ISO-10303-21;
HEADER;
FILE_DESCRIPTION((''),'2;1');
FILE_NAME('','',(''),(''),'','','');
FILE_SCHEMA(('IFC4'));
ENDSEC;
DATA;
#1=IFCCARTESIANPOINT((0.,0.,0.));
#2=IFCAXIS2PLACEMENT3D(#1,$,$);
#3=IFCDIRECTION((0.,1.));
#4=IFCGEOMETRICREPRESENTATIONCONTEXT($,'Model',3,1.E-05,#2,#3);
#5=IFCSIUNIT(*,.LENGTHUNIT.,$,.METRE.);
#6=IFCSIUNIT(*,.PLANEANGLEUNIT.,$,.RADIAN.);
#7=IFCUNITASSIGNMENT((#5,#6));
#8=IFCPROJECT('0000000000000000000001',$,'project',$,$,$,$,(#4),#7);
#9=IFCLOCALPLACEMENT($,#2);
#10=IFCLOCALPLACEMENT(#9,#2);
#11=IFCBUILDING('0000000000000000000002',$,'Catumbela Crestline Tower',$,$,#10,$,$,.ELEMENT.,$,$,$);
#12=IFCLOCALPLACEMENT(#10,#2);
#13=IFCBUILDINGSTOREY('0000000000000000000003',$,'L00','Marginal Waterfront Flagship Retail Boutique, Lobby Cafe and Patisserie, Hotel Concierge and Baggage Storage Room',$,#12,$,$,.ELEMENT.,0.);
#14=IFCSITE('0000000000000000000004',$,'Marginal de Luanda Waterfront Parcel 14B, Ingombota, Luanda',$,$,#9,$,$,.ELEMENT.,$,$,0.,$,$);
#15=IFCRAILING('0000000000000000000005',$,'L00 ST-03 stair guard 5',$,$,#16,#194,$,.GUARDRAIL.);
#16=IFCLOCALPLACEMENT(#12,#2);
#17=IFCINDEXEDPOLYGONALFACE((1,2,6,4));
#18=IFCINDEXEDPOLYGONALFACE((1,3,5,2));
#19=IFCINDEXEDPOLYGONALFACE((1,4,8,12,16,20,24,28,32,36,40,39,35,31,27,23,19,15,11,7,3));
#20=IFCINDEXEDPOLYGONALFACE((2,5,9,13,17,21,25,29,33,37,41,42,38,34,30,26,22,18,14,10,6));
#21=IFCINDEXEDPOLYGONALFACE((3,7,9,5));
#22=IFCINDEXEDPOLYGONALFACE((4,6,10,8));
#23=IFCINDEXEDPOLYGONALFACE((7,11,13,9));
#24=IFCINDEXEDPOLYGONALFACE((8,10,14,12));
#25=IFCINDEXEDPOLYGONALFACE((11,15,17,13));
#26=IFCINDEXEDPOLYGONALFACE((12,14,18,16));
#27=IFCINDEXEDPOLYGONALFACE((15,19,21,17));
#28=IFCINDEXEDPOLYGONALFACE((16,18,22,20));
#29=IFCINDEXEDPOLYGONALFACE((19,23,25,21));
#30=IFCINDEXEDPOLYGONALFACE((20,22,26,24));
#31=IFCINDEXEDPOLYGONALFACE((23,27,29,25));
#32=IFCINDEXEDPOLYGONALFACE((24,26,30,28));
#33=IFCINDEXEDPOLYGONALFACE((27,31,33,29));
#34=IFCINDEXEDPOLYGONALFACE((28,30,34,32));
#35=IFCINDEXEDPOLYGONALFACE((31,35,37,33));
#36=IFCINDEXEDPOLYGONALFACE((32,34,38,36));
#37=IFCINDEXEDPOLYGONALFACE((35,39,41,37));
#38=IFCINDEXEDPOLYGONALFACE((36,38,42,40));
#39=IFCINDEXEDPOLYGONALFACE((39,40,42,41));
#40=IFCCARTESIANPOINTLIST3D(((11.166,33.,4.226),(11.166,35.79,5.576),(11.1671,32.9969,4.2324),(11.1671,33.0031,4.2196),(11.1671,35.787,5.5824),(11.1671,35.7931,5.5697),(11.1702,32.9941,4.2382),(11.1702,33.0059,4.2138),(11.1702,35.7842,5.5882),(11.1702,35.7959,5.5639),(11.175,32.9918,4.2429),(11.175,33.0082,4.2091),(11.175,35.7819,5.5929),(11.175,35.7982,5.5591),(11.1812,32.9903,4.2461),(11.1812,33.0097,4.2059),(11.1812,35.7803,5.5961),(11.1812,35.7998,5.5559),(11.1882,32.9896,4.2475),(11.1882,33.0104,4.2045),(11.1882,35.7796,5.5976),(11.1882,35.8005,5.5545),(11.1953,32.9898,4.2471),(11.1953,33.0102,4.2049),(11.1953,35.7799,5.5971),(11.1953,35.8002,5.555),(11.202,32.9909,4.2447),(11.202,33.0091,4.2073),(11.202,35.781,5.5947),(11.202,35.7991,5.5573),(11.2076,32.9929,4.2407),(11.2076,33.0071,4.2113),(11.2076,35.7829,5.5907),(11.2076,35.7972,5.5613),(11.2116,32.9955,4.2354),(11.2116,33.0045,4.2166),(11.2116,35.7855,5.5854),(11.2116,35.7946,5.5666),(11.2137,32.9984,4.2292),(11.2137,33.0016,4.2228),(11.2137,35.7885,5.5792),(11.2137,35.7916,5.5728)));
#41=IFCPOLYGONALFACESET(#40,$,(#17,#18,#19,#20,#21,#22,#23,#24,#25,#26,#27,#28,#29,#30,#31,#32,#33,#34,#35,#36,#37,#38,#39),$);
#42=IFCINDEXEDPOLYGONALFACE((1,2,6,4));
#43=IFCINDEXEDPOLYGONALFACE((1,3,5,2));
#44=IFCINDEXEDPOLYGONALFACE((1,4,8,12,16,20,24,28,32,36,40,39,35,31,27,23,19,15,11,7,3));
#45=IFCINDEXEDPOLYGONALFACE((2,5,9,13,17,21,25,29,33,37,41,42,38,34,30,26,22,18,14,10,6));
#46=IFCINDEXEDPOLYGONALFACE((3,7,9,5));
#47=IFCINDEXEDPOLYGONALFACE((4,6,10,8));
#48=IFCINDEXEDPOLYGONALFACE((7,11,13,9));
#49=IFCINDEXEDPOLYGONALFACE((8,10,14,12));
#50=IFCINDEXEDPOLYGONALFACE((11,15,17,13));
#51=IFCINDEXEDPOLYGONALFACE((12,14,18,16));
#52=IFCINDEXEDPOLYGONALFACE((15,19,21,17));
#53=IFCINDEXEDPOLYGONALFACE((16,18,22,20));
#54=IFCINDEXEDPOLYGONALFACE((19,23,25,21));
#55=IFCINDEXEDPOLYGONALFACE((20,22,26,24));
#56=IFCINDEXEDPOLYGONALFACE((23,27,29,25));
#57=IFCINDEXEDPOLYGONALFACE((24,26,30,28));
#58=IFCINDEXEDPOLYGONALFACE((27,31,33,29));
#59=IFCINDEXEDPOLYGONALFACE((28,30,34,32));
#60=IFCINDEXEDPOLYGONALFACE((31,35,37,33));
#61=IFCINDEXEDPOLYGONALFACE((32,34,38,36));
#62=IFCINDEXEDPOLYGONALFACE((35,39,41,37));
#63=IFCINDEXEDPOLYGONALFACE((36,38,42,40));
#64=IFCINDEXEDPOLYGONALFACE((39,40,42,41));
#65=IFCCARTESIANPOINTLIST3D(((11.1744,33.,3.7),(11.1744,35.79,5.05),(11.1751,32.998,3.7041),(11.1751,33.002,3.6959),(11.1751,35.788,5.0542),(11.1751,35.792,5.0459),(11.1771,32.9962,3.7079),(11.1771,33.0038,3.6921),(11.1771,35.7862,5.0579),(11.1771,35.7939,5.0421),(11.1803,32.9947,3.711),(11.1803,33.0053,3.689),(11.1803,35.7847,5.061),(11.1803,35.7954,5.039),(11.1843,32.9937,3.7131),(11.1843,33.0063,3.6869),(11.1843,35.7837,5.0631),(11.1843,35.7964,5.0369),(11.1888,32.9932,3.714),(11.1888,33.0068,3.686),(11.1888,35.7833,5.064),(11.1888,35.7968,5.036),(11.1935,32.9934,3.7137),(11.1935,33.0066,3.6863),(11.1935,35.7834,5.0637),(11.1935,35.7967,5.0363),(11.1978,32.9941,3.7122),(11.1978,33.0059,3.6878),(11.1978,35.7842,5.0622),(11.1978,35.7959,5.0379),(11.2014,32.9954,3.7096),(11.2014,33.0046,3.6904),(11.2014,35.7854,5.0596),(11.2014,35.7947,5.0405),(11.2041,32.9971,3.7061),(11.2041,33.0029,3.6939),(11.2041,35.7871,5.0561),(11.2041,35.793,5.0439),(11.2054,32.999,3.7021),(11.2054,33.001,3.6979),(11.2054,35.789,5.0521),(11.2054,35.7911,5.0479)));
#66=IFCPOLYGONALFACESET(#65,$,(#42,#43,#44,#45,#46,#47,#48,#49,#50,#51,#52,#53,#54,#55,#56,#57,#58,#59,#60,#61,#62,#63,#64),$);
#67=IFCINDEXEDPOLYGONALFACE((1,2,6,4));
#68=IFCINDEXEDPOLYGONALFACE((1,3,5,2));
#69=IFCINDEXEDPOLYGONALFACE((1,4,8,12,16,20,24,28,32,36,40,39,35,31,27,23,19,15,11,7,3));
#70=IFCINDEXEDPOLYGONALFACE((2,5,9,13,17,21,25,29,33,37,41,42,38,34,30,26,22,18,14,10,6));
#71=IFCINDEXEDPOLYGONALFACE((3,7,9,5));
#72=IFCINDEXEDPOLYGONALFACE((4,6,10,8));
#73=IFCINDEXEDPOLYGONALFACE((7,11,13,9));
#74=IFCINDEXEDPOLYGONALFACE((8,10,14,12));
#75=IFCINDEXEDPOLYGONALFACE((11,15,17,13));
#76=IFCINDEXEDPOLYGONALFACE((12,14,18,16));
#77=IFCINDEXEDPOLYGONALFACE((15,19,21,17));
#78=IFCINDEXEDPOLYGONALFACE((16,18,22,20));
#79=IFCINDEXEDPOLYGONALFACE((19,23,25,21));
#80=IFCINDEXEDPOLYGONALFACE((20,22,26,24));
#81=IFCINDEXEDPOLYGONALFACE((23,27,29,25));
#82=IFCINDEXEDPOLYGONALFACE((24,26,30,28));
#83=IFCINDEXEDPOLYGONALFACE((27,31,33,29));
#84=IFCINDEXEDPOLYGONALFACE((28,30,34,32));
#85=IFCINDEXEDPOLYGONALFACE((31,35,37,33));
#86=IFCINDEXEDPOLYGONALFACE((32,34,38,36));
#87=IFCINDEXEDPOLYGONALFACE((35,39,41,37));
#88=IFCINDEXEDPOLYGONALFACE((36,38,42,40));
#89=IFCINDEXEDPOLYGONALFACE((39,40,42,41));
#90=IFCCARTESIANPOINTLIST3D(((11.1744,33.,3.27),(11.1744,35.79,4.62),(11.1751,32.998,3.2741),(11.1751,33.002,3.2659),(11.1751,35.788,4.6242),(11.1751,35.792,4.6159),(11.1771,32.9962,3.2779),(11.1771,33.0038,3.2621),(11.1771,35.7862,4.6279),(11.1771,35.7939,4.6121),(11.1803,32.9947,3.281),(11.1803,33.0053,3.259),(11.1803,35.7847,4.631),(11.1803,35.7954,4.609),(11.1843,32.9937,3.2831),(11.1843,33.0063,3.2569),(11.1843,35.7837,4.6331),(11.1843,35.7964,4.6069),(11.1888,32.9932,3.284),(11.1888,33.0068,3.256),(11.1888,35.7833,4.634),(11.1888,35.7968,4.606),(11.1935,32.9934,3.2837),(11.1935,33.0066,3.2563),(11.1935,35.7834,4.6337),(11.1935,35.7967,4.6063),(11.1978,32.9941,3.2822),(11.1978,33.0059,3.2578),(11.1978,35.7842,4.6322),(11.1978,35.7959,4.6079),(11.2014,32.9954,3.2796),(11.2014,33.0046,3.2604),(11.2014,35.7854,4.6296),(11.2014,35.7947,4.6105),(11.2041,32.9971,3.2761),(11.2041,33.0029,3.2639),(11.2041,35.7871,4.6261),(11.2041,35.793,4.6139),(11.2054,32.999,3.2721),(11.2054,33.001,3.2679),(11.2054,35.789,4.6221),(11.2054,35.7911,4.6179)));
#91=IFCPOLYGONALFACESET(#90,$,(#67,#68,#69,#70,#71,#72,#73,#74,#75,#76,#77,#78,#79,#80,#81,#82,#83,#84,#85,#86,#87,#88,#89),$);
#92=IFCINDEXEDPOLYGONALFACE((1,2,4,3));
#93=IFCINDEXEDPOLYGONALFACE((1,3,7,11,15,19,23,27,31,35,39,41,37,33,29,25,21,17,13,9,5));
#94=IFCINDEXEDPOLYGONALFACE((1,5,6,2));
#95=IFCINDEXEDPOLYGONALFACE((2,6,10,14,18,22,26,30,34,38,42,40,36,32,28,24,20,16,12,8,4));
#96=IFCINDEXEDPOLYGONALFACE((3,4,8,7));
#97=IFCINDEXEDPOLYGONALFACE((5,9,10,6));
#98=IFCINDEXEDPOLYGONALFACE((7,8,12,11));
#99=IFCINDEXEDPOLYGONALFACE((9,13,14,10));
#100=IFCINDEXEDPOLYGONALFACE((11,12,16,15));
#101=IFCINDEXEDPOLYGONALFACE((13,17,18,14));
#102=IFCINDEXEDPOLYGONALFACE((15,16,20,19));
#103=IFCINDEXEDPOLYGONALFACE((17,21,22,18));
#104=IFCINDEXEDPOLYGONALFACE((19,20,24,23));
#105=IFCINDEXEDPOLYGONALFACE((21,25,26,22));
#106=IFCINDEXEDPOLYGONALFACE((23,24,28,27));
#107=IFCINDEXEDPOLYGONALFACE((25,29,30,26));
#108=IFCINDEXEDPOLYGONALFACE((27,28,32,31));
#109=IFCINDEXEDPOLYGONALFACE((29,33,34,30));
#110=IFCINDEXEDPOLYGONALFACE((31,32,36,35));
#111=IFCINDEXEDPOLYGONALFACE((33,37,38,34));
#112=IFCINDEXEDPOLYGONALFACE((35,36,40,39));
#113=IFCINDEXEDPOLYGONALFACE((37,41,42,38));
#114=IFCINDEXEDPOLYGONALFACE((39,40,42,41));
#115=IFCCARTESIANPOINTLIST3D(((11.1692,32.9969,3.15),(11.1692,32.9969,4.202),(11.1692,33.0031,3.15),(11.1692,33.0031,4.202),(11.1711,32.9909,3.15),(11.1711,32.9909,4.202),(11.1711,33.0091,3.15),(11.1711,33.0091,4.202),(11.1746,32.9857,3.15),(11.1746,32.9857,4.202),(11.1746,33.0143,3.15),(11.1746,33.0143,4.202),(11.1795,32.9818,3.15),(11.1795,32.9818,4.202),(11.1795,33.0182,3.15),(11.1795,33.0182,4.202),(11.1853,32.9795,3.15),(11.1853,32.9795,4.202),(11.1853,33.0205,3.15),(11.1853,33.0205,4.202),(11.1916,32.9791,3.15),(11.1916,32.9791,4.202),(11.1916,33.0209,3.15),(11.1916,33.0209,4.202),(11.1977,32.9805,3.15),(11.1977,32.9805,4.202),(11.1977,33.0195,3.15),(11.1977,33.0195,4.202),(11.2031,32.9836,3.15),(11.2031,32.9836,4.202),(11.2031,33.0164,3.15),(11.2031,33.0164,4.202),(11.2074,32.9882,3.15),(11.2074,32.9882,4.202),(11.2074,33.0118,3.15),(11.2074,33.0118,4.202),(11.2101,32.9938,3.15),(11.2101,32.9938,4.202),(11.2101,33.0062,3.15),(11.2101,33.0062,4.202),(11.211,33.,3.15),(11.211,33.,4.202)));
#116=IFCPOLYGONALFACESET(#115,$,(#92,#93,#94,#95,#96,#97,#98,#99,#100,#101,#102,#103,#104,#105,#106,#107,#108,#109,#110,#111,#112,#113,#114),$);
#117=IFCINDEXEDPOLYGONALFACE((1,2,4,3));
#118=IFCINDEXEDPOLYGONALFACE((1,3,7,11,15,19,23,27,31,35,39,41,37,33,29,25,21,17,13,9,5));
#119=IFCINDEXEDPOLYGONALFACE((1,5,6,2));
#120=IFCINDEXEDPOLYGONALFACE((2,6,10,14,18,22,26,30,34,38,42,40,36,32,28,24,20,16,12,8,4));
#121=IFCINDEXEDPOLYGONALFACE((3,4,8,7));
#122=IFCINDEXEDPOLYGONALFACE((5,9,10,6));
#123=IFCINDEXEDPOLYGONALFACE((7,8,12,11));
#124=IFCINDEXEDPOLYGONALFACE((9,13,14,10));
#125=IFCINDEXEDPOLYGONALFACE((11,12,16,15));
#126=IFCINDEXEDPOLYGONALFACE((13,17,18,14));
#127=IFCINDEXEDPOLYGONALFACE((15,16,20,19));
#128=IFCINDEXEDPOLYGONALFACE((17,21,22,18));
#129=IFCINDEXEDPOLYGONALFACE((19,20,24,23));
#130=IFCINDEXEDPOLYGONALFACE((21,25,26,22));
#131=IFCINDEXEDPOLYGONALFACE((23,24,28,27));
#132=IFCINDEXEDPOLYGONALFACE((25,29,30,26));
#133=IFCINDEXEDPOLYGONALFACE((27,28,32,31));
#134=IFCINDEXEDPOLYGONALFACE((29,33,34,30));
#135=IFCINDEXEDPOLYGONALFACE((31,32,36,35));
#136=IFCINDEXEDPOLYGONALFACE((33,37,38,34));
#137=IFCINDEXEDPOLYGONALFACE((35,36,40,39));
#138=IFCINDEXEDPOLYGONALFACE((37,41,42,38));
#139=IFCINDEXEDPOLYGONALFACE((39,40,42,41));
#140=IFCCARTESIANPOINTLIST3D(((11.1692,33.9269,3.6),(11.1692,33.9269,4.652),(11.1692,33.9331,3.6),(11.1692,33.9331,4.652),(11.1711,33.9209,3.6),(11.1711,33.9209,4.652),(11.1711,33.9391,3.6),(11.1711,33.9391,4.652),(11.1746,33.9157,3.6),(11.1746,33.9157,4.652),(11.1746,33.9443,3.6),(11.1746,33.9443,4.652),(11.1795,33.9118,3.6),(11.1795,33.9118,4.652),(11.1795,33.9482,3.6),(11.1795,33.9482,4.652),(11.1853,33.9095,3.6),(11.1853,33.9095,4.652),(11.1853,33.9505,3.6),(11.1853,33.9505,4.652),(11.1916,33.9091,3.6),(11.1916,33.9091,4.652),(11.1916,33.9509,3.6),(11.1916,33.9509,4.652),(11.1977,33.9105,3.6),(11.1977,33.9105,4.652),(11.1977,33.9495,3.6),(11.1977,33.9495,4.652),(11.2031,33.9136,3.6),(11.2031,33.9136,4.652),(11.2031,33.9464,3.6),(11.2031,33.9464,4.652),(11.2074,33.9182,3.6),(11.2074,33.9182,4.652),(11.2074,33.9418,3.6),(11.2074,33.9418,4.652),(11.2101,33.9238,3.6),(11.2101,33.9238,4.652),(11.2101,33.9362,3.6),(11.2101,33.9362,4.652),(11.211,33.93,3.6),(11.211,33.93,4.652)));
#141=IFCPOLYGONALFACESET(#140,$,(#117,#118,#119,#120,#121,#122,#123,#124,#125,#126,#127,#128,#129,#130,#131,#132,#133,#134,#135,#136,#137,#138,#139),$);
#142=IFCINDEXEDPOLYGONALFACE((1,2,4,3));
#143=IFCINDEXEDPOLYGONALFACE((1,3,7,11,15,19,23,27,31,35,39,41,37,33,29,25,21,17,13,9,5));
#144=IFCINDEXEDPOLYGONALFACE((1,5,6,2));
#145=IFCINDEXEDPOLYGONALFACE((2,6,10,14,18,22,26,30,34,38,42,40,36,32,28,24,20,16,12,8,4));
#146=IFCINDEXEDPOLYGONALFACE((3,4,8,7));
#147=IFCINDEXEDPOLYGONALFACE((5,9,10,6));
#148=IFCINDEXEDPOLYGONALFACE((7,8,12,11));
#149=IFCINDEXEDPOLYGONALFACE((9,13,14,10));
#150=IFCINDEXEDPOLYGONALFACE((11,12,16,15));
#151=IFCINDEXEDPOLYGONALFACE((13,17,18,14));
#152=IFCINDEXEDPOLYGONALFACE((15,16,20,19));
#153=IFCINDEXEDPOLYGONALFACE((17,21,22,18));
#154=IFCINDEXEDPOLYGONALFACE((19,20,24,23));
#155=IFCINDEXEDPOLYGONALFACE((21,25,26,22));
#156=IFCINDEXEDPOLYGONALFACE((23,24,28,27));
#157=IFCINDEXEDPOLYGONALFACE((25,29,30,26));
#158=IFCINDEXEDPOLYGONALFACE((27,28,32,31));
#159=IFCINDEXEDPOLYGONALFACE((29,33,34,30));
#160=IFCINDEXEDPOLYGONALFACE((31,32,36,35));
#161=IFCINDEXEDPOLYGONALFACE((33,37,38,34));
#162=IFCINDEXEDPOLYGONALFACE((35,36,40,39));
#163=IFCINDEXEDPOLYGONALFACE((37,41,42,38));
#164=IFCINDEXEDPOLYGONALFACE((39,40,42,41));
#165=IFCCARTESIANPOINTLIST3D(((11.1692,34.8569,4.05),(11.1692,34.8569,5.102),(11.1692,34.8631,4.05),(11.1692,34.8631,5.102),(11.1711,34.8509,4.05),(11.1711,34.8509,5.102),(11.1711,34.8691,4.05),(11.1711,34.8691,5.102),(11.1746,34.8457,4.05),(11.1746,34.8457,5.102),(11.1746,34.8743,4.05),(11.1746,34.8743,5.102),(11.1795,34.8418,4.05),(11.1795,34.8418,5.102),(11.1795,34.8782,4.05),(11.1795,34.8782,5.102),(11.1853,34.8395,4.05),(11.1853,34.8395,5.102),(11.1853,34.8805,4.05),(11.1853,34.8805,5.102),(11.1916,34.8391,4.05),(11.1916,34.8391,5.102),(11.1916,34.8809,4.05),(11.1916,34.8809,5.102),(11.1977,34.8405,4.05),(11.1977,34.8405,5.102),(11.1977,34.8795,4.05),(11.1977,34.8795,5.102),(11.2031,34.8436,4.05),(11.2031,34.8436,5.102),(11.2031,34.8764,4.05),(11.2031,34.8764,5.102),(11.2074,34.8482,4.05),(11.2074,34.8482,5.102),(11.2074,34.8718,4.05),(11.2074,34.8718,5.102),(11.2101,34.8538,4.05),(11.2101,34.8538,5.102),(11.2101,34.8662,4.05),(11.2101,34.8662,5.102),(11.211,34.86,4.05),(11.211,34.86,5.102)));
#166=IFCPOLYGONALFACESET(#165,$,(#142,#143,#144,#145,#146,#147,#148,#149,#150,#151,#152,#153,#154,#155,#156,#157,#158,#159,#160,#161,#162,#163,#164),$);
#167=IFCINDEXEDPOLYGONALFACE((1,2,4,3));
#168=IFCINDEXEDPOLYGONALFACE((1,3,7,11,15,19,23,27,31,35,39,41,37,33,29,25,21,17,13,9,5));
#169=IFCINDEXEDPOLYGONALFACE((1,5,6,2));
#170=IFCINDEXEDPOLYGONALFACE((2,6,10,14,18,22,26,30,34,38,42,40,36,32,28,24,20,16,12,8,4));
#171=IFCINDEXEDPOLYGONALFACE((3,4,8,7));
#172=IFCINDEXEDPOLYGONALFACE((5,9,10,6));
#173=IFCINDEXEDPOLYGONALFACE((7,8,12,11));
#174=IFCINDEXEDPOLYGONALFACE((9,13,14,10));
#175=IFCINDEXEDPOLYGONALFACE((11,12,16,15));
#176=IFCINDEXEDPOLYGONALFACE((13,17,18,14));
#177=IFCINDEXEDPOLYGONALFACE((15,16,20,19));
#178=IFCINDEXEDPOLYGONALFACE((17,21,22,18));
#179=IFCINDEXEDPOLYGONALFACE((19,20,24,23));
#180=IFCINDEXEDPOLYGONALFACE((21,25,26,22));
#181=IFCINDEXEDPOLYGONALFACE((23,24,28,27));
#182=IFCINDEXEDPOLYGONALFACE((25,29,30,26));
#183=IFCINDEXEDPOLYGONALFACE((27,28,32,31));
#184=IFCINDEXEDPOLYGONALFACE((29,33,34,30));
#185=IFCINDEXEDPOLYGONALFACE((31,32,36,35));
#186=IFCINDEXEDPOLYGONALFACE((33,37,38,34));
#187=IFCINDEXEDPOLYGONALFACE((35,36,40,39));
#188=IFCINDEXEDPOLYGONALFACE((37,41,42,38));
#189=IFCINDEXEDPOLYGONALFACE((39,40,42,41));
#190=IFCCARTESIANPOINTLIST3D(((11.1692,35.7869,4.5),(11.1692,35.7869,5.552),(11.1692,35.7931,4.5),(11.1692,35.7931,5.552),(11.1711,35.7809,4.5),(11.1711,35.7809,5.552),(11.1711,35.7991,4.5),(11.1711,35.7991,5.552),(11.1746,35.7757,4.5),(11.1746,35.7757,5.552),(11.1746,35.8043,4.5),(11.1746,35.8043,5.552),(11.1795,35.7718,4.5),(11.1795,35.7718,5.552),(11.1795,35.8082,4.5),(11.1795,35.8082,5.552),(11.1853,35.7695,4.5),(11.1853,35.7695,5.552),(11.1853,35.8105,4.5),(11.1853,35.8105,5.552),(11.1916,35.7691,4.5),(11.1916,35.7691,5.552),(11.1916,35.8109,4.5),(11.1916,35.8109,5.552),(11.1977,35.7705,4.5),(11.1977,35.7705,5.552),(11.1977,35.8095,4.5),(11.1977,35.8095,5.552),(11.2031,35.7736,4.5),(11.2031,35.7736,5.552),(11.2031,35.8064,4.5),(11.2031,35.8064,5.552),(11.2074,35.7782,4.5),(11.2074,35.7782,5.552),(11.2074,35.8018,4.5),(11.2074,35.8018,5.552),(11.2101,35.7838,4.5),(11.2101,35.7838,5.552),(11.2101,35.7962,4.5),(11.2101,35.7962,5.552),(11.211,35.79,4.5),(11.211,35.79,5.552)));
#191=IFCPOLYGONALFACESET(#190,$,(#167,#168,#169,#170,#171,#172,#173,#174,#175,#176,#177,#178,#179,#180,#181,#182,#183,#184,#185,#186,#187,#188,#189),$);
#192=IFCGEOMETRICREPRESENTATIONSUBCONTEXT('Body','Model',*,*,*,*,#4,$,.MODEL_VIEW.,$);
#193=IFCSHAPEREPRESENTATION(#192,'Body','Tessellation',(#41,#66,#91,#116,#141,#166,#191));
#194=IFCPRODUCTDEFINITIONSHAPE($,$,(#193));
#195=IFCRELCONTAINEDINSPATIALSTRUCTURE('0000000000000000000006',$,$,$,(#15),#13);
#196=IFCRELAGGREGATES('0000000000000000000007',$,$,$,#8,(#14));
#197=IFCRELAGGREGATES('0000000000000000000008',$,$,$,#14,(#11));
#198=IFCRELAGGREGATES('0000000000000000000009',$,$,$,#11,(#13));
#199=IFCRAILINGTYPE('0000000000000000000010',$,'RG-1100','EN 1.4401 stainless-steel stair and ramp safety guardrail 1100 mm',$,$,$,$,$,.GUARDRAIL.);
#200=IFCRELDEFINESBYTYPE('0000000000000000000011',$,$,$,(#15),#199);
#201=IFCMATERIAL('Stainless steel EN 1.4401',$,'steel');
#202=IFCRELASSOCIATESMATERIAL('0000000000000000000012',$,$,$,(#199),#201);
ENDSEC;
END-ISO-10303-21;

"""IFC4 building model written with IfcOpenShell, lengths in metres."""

from ifc_helpers import new_model, si_unit, direction, frame, origin, origin_2d, place, context, subcontext, project, spatial, circle, extrude, material, type_object, element, save


model = new_model("IFC4")

# Units and contexts
model_context = context("Model", 3, precision=1e-05, world=origin(), true_north=direction((0.0, 1.0)))
body_context = subcontext(model_context, "Body", "Model", "MODEL_VIEW")
ifc_project = project(units=[si_unit("LENGTHUNIT", "METRE"), si_unit("PLANEANGLEUNIT", "RADIAN")], contexts=[model_context])

# Site, building, storey
site_placement = place(None, origin())
site = spatial("IfcSite", under=ifc_project, at=site_placement, Name="Marginal de Luanda Waterfront Parcel 14B, Ingombota, Luanda", CompositionType="ELEMENT", RefElevation=0.0)
building_placement = place(site_placement, origin())
building = spatial("IfcBuilding", under=site, at=building_placement, Name="Catumbela Crestline Tower", CompositionType="ELEMENT")
storey_placement = place(building_placement, origin())
storey = spatial("IfcBuildingStorey", under=building, at=storey_placement, Name="L00", Description="Marginal Waterfront Flagship Retail Boutique, Lobby Cafe and Patisserie, Hotel Concierge and Baggage Storage Room", CompositionType="ELEMENT", Elevation=0.0)

# Shared definitions
ifc_material_1 = material(Name="Stainless steel EN 1.4401", Category="steel")

# Railing
railing_type_1 = type_object("IfcRailingType", Name="RG-1100", Description="EN 1.4401 stainless-steel stair and ramp safety guardrail 1100 mm", PredefinedType="GUARDRAIL", material=ifc_material_1)
for number, where, name in (
    (1, (11.19, 33.0, 3.15), "L00 ST-03 stair guard 5"),
):
    element("IfcRailing", number, at=place(storey_placement, frame(where)), inside=storey, type_object=railing_type_1, Name=name, PredefinedType="GUARDRAIL", context=body_context, shape_type="SweptSolid", body=[
        extrude(circle(Radius=0.024, at=origin_2d()), frame((0.0, 0.0, 1.076), z_axis=(0.0, 0.900159, 0.435561), x_axis=(-1.0, 0.0, 0.0)), (0.0, 0.0, 1.0), 3.0995),
        extrude(circle(Radius=0.0156, at=origin_2d()), frame((0.0, 0.0, 0.55), z_axis=(0.0, 0.900159, 0.435561), x_axis=(-1.0, 0.0, 0.0)), (0.0, 0.0, 1.0), 3.0995),
        extrude(circle(Radius=0.0156, at=origin_2d()), frame((0.0, 0.0, 0.12), z_axis=(0.0, 0.900159, 0.435561), x_axis=(-1.0, 0.0, 0.0)), (0.0, 0.0, 1.0), 3.0995),
        extrude(circle(Radius=0.021, at=origin_2d()), origin(), (0.0, 0.0, 1.0), 1.052),
        extrude(circle(Radius=0.021, at=origin_2d()), frame((0.0, 0.93, 0.45)), (0.0, 0.0, 1.0), 1.052),
        extrude(circle(Radius=0.021, at=origin_2d()), frame((0.0, 1.86, 0.9)), (0.0, 0.0, 1.0), 1.052),
        extrude(circle(Radius=0.021, at=origin_2d()), frame((0.0, 2.79, 1.35)), (0.0, 0.0, 1.0), 1.052),
    ])

save(model, "model.ifc")
